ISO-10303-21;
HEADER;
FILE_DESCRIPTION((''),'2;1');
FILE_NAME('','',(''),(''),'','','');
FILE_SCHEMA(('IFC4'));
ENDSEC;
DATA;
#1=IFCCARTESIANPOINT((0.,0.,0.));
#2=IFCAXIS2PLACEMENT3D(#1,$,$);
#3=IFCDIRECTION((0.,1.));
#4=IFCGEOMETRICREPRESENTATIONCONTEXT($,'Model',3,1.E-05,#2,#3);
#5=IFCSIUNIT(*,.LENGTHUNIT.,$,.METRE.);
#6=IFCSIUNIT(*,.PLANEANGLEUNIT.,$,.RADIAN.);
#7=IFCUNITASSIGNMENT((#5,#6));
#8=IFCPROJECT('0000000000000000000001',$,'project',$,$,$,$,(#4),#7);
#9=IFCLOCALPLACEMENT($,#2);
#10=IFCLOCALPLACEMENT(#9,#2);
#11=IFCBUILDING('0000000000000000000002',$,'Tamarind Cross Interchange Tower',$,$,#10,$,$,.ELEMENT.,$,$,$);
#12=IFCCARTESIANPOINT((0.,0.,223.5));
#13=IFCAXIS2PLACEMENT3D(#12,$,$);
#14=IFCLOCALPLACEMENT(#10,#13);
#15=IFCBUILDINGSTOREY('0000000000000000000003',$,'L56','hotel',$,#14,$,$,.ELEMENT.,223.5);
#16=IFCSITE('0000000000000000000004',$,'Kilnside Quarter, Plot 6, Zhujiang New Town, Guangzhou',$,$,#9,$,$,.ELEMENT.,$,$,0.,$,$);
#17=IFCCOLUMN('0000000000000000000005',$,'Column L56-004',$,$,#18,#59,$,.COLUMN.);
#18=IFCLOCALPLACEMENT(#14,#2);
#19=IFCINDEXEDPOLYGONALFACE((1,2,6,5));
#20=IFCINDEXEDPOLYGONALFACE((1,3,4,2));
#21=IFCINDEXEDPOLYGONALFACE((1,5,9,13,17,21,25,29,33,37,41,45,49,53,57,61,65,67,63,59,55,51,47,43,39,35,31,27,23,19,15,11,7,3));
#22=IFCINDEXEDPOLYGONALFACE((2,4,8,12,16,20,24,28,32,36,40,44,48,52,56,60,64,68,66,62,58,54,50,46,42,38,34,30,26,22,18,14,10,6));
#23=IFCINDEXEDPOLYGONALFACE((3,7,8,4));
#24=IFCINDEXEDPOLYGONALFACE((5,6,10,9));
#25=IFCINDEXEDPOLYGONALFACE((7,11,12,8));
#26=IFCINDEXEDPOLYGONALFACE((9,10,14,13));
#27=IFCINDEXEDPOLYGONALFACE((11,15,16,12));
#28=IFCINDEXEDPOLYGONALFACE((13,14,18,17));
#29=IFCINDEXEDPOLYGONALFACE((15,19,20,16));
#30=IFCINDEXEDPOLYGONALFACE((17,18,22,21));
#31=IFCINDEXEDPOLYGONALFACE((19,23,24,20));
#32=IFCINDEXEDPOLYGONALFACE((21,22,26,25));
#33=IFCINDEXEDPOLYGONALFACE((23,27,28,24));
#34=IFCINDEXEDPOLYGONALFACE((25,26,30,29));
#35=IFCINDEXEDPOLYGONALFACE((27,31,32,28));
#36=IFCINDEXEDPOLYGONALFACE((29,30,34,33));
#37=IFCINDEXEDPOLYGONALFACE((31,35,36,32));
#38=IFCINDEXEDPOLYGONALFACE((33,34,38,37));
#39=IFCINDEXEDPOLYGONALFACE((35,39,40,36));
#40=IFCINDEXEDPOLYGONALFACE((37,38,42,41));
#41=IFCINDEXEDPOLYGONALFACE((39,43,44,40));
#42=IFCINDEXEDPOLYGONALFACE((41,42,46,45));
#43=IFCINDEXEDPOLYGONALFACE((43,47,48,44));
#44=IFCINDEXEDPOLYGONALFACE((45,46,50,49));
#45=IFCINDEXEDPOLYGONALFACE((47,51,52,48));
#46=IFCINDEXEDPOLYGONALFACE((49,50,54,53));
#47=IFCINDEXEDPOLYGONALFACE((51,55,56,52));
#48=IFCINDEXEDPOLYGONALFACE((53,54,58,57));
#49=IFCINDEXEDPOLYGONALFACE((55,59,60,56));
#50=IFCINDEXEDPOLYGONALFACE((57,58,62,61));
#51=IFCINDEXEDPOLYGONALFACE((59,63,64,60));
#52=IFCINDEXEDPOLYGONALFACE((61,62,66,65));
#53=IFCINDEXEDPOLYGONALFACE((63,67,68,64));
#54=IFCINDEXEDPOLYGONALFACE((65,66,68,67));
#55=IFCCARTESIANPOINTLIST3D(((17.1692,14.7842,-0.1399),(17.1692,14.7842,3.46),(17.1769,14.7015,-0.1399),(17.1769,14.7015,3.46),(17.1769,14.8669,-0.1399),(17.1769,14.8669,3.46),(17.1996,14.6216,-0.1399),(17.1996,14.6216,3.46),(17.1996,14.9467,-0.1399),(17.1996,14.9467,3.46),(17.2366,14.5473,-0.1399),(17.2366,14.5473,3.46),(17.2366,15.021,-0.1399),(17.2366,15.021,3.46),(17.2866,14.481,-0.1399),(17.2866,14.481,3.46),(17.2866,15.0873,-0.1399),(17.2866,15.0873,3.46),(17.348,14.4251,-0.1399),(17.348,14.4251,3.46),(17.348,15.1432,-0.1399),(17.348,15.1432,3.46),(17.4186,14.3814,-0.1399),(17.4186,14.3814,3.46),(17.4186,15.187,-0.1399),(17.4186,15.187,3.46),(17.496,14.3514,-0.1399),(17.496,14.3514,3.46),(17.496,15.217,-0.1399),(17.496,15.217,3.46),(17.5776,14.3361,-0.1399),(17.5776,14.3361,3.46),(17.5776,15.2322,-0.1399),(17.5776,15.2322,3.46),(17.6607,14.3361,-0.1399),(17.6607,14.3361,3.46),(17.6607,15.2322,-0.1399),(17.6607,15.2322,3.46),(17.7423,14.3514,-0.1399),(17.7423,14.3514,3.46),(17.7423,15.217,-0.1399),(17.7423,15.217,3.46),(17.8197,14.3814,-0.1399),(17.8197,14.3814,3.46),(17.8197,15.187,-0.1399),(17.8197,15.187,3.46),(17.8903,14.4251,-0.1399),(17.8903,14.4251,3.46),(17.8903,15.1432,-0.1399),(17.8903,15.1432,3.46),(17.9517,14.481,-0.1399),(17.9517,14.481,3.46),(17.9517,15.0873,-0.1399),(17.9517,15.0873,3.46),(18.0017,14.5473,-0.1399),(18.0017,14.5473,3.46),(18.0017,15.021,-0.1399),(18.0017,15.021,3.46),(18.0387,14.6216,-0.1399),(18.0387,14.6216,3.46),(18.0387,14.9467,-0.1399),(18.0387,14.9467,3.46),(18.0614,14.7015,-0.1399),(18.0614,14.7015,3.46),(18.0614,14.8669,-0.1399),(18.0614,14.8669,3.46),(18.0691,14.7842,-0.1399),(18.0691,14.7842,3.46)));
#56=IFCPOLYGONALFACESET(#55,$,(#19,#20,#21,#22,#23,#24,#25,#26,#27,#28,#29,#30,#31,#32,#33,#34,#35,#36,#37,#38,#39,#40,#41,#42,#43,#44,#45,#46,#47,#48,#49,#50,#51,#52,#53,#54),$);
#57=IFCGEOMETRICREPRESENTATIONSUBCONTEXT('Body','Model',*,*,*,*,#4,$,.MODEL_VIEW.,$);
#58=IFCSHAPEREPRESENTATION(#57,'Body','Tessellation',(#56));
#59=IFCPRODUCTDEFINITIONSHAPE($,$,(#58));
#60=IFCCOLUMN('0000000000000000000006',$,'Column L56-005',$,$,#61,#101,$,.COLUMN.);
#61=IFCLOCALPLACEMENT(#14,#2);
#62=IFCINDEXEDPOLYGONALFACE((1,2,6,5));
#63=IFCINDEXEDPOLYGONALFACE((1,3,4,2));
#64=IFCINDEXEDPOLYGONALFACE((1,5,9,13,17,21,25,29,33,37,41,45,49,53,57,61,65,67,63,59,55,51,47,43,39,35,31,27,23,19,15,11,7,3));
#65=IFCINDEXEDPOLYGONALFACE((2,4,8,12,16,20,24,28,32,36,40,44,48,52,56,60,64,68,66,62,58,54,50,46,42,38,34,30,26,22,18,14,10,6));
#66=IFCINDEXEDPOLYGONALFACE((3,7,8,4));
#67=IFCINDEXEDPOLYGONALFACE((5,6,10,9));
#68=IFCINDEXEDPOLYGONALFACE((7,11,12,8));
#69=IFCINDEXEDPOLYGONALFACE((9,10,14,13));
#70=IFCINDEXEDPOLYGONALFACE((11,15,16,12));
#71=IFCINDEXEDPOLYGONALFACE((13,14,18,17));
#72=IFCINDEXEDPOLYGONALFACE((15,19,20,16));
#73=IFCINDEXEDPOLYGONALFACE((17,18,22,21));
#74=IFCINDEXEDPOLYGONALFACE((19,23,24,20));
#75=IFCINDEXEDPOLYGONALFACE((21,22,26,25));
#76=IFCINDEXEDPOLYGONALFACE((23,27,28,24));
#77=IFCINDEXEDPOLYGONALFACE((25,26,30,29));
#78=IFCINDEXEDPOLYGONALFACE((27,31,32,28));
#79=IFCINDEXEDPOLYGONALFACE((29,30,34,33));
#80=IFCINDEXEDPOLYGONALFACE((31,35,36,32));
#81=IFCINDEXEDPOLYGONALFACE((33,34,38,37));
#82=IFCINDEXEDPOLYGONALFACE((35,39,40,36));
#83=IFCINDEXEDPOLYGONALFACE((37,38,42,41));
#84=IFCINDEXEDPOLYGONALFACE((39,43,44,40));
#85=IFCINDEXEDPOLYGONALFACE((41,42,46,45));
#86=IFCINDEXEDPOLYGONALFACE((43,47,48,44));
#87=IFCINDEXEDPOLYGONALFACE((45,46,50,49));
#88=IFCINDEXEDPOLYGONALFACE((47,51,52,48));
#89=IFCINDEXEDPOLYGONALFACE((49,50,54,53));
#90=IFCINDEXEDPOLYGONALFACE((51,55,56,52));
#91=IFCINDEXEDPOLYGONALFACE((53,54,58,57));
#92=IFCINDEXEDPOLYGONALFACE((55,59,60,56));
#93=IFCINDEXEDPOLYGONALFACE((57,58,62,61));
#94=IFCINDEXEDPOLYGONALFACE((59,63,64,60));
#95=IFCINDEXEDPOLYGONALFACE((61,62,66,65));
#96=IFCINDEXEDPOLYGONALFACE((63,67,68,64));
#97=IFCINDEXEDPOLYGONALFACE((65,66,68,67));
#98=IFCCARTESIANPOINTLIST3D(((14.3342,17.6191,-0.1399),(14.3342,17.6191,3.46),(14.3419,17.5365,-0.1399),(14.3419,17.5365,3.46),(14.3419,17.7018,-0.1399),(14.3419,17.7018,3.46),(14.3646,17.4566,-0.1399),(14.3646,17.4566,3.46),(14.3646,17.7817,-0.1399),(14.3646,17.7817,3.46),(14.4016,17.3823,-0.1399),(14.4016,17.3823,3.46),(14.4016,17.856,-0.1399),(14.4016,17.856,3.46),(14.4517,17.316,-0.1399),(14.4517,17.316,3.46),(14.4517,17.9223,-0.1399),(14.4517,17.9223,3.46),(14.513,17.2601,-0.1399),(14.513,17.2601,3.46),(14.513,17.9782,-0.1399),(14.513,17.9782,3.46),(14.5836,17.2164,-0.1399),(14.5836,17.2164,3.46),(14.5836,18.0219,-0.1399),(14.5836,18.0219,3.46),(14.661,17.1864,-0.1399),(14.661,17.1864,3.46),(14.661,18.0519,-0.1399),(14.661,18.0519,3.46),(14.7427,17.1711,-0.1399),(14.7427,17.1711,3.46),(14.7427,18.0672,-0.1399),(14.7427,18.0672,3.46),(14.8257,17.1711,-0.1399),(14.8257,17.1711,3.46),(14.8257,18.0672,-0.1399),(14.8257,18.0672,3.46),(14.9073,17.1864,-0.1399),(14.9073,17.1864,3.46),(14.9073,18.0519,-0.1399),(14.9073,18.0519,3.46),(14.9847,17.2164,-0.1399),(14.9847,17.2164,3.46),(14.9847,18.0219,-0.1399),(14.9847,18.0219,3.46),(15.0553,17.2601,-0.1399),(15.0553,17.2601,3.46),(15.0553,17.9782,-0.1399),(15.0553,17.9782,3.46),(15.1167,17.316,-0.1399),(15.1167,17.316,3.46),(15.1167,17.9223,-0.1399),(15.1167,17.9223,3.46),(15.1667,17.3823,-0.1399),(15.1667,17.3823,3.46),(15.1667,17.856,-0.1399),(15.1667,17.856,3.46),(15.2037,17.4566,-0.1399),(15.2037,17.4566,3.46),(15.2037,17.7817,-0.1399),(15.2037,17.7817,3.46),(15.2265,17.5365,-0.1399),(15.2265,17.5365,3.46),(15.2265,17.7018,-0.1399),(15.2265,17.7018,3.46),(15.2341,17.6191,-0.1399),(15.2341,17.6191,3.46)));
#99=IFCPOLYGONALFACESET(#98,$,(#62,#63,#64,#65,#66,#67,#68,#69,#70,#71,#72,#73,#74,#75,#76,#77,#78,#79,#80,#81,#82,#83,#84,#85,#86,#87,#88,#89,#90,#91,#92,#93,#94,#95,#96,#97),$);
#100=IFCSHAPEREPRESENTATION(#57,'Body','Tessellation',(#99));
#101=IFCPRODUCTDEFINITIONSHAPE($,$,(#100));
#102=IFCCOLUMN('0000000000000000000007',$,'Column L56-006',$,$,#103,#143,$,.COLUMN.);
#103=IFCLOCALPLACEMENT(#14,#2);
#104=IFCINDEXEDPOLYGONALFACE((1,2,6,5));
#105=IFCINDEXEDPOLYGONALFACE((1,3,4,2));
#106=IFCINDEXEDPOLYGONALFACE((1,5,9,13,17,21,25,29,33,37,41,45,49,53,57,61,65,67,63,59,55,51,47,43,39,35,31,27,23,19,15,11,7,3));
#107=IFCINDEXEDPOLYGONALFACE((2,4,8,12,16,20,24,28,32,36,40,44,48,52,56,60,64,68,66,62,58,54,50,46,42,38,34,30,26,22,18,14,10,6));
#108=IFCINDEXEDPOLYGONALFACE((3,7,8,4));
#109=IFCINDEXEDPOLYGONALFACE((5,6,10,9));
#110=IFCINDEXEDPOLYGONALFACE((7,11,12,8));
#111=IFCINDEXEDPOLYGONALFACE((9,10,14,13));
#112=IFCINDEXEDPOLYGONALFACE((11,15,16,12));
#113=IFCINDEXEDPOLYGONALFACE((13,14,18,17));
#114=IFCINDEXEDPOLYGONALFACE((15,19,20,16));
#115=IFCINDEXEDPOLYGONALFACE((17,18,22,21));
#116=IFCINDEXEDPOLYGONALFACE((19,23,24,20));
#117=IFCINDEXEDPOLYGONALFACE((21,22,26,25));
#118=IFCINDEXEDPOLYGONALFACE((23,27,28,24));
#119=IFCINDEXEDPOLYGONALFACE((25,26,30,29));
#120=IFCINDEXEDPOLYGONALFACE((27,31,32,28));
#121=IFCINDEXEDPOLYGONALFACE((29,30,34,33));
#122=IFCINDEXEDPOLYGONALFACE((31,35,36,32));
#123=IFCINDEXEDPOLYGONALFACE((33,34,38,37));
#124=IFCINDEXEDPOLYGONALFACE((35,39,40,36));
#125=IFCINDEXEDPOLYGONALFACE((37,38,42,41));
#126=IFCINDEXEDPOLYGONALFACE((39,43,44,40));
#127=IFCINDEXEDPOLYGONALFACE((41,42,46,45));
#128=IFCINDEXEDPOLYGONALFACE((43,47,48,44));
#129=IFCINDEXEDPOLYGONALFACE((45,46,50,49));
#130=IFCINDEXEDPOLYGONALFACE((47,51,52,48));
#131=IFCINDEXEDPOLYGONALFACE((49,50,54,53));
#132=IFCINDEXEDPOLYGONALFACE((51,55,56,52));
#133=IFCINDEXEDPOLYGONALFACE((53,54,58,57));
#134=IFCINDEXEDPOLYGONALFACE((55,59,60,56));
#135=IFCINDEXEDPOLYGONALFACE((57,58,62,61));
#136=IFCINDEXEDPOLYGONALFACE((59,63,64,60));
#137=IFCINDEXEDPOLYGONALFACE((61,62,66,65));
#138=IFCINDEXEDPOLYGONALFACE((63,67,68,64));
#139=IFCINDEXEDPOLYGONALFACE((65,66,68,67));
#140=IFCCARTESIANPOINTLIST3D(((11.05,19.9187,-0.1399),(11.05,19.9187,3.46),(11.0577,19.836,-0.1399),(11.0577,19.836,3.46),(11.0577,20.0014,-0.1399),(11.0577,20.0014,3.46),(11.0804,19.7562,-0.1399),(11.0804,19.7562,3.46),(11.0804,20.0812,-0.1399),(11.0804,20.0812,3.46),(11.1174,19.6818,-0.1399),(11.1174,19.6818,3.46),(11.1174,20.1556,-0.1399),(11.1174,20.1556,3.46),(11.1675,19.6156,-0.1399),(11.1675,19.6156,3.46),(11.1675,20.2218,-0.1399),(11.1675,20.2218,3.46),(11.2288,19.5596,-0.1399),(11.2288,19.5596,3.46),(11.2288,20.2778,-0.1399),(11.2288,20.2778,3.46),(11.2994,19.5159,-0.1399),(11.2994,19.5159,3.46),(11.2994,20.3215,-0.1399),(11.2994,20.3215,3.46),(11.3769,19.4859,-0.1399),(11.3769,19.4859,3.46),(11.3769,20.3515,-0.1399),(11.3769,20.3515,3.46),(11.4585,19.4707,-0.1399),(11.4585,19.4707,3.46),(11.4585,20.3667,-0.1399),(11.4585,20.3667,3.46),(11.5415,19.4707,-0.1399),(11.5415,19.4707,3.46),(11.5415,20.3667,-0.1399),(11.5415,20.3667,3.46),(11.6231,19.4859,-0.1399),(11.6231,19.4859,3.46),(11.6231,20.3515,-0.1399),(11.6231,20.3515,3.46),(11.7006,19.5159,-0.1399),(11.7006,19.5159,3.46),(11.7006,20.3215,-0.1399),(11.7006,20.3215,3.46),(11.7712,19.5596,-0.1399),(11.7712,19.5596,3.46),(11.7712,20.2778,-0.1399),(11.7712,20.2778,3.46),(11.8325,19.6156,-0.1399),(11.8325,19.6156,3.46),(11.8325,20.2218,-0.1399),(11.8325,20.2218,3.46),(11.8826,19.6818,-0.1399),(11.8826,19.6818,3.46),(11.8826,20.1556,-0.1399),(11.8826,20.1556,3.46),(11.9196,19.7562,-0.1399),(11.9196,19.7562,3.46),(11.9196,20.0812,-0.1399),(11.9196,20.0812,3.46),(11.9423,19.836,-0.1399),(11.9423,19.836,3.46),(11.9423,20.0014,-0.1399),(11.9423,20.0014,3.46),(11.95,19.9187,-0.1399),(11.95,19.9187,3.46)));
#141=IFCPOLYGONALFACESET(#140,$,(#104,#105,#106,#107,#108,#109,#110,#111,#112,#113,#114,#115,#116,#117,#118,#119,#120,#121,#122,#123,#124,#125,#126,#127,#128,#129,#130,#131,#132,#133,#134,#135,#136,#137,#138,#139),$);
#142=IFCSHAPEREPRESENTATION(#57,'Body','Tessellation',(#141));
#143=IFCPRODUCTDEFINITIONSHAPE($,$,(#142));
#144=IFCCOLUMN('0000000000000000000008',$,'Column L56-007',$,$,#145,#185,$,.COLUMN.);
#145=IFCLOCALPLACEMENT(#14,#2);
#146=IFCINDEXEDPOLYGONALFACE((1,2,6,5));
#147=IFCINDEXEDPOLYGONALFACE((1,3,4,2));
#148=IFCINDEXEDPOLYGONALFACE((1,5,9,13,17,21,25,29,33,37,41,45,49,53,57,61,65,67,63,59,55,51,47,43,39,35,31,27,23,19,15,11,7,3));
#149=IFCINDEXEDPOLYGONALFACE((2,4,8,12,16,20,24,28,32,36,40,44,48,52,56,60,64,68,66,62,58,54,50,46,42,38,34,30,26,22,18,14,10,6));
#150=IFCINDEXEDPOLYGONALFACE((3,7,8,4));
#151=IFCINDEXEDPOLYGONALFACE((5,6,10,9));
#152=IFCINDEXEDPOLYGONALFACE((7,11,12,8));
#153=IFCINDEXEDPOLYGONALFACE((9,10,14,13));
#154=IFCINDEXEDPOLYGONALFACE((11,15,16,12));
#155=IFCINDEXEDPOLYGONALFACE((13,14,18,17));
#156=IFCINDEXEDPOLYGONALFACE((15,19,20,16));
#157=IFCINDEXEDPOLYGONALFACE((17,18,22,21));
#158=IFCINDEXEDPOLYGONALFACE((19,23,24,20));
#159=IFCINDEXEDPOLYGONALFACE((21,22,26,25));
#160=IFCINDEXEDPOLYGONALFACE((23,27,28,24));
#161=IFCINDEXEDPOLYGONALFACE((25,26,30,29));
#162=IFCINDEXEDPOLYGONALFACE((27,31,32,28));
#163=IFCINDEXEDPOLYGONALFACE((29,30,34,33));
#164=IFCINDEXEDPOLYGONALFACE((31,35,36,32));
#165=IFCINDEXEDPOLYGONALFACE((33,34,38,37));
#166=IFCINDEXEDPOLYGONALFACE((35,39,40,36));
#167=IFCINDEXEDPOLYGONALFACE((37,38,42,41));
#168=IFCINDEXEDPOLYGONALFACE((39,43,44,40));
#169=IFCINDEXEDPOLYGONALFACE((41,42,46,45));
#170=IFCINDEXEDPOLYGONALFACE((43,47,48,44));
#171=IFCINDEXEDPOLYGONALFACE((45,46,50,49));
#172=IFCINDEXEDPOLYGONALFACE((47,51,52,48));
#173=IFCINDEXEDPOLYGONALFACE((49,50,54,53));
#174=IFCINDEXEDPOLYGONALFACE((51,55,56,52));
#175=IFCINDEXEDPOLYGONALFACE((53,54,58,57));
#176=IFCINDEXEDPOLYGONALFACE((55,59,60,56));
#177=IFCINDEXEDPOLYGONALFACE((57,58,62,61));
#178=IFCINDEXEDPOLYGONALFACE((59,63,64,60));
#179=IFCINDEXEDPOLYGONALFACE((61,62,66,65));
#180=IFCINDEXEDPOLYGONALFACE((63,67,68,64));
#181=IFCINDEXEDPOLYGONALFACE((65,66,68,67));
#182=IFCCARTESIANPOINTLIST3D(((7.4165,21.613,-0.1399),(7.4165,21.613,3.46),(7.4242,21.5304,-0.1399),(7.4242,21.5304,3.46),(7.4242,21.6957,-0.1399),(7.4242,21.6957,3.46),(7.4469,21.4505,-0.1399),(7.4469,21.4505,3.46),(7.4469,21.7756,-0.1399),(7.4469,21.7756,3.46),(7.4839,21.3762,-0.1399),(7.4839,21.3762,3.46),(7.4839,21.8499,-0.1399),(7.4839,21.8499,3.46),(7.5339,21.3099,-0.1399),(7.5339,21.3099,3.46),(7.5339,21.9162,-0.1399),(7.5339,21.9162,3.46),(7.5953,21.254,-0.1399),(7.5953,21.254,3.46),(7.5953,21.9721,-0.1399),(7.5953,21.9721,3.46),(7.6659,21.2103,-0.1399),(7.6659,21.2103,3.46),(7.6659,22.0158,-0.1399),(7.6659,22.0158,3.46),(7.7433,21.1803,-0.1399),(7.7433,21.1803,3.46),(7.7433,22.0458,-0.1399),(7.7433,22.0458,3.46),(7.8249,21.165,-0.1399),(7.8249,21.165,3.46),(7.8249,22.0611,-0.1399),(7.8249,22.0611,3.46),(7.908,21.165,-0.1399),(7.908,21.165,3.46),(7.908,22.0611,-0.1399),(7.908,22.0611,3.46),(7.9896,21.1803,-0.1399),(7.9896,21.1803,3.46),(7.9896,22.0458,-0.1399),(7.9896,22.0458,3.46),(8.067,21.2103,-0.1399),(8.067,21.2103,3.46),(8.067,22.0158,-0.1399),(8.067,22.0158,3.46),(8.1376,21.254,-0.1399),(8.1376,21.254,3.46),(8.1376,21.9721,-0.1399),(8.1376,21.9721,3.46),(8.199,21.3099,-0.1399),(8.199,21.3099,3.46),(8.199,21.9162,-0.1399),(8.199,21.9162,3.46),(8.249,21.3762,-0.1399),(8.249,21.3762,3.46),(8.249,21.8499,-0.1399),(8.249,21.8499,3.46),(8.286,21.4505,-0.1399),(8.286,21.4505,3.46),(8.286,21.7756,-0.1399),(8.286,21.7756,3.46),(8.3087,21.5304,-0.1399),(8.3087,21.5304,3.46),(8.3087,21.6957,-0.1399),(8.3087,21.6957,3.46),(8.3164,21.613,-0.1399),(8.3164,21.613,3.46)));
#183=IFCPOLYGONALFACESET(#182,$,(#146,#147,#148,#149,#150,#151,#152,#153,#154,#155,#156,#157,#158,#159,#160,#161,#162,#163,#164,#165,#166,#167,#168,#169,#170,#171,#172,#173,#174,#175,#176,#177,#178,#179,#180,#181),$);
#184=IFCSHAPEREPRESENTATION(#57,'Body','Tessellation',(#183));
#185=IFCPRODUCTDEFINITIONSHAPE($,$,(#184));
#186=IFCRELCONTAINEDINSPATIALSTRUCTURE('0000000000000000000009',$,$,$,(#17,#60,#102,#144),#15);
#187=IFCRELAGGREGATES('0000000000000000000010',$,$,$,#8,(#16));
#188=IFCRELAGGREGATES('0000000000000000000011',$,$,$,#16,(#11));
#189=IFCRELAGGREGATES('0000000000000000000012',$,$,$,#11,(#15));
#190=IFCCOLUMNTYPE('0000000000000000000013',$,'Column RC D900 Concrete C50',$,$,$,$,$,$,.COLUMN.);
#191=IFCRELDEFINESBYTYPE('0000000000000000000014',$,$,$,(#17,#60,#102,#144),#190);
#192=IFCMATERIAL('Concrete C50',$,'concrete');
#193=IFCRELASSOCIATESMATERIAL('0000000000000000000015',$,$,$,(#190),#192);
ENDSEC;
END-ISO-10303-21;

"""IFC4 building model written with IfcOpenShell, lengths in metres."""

from ifc_helpers import new_model, si_unit, direction, frame, origin, origin_2d, place, context, subcontext, project, spatial, circle, extrude, material, material_profile, profile_set, type_object, element, save


model = new_model("IFC4")

# Units and contexts
model_context = context("Model", 3, precision=1e-05, world=origin(), true_north=direction((0.0, 1.0)))
body_context = subcontext(model_context, "Body", "Model", "MODEL_VIEW")
ifc_project = project(units=[si_unit("LENGTHUNIT", "METRE"), si_unit("PLANEANGLEUNIT", "RADIAN")], contexts=[model_context])

# Site, building, storey
site_placement = place(None, origin())
site = spatial("IfcSite", under=ifc_project, at=site_placement, Name="Kilnside Quarter, Plot 6, Zhujiang New Town, Guangzhou", CompositionType="ELEMENT", RefElevation=0.0)
building_placement = place(site_placement, origin())
building = spatial("IfcBuilding", under=site, at=building_placement, Name="Tamarind Cross Interchange Tower", CompositionType="ELEMENT")
storey_placement = place(building_placement, frame((0.0, 0.0, 223.5)))
storey = spatial("IfcBuildingStorey", under=building, at=storey_placement, Name="L56", Description="hotel", CompositionType="ELEMENT", Elevation=223.5)

# Columns
ifc_material_1 = material(Name="Concrete C50", Category="concrete")
ifc_material_profile_1 = material_profile(ifc_material_1, circle(Radius=0.45, at=origin_2d()), Name="RC D900")
ifc_profile_set_1 = profile_set([ifc_material_profile_1], Name="Concrete C50")
column_type = type_object("IfcColumnType", Name="Column RC D900 Concrete C50", PredefinedType="COLUMN", material=ifc_profile_set_1)
for number, where, z_axis, x_axis, name in (
    (1, (17.6191, 14.7842, -0.1399), (0.0, 0.0, 1.0), (1.0, 0.0, 0.0), "Column L56-004"),
    (2, (14.7842, 17.6191, -0.1399), (0.0, 0.0, 1.0), (1.0, 0.0, 0.0), "Column L56-005"),
    (3, (11.5, 19.9187, -0.1399), (0.0, 0.0, 1.0), (1.0, 0.0, 0.0), "Column L56-006"),
    (4, (7.8665, 21.613, -0.1399), (0.0, 0.0, 1.0), (1.0, 0.0, 0.0), "Column L56-007"),
):
    element("IfcColumn", number, at=place(storey_placement, frame(where, z_axis=z_axis, x_axis=x_axis)), inside=storey, type_object=column_type, Name=name, PredefinedType="COLUMN", context=body_context, shape_type="SweptSolid", body=[
        extrude(circle(Radius=0.45, at=origin_2d()), origin(), (0.0, 0.0, 1.0), 3.5999),
    ])

save(model, "model.ifc")
